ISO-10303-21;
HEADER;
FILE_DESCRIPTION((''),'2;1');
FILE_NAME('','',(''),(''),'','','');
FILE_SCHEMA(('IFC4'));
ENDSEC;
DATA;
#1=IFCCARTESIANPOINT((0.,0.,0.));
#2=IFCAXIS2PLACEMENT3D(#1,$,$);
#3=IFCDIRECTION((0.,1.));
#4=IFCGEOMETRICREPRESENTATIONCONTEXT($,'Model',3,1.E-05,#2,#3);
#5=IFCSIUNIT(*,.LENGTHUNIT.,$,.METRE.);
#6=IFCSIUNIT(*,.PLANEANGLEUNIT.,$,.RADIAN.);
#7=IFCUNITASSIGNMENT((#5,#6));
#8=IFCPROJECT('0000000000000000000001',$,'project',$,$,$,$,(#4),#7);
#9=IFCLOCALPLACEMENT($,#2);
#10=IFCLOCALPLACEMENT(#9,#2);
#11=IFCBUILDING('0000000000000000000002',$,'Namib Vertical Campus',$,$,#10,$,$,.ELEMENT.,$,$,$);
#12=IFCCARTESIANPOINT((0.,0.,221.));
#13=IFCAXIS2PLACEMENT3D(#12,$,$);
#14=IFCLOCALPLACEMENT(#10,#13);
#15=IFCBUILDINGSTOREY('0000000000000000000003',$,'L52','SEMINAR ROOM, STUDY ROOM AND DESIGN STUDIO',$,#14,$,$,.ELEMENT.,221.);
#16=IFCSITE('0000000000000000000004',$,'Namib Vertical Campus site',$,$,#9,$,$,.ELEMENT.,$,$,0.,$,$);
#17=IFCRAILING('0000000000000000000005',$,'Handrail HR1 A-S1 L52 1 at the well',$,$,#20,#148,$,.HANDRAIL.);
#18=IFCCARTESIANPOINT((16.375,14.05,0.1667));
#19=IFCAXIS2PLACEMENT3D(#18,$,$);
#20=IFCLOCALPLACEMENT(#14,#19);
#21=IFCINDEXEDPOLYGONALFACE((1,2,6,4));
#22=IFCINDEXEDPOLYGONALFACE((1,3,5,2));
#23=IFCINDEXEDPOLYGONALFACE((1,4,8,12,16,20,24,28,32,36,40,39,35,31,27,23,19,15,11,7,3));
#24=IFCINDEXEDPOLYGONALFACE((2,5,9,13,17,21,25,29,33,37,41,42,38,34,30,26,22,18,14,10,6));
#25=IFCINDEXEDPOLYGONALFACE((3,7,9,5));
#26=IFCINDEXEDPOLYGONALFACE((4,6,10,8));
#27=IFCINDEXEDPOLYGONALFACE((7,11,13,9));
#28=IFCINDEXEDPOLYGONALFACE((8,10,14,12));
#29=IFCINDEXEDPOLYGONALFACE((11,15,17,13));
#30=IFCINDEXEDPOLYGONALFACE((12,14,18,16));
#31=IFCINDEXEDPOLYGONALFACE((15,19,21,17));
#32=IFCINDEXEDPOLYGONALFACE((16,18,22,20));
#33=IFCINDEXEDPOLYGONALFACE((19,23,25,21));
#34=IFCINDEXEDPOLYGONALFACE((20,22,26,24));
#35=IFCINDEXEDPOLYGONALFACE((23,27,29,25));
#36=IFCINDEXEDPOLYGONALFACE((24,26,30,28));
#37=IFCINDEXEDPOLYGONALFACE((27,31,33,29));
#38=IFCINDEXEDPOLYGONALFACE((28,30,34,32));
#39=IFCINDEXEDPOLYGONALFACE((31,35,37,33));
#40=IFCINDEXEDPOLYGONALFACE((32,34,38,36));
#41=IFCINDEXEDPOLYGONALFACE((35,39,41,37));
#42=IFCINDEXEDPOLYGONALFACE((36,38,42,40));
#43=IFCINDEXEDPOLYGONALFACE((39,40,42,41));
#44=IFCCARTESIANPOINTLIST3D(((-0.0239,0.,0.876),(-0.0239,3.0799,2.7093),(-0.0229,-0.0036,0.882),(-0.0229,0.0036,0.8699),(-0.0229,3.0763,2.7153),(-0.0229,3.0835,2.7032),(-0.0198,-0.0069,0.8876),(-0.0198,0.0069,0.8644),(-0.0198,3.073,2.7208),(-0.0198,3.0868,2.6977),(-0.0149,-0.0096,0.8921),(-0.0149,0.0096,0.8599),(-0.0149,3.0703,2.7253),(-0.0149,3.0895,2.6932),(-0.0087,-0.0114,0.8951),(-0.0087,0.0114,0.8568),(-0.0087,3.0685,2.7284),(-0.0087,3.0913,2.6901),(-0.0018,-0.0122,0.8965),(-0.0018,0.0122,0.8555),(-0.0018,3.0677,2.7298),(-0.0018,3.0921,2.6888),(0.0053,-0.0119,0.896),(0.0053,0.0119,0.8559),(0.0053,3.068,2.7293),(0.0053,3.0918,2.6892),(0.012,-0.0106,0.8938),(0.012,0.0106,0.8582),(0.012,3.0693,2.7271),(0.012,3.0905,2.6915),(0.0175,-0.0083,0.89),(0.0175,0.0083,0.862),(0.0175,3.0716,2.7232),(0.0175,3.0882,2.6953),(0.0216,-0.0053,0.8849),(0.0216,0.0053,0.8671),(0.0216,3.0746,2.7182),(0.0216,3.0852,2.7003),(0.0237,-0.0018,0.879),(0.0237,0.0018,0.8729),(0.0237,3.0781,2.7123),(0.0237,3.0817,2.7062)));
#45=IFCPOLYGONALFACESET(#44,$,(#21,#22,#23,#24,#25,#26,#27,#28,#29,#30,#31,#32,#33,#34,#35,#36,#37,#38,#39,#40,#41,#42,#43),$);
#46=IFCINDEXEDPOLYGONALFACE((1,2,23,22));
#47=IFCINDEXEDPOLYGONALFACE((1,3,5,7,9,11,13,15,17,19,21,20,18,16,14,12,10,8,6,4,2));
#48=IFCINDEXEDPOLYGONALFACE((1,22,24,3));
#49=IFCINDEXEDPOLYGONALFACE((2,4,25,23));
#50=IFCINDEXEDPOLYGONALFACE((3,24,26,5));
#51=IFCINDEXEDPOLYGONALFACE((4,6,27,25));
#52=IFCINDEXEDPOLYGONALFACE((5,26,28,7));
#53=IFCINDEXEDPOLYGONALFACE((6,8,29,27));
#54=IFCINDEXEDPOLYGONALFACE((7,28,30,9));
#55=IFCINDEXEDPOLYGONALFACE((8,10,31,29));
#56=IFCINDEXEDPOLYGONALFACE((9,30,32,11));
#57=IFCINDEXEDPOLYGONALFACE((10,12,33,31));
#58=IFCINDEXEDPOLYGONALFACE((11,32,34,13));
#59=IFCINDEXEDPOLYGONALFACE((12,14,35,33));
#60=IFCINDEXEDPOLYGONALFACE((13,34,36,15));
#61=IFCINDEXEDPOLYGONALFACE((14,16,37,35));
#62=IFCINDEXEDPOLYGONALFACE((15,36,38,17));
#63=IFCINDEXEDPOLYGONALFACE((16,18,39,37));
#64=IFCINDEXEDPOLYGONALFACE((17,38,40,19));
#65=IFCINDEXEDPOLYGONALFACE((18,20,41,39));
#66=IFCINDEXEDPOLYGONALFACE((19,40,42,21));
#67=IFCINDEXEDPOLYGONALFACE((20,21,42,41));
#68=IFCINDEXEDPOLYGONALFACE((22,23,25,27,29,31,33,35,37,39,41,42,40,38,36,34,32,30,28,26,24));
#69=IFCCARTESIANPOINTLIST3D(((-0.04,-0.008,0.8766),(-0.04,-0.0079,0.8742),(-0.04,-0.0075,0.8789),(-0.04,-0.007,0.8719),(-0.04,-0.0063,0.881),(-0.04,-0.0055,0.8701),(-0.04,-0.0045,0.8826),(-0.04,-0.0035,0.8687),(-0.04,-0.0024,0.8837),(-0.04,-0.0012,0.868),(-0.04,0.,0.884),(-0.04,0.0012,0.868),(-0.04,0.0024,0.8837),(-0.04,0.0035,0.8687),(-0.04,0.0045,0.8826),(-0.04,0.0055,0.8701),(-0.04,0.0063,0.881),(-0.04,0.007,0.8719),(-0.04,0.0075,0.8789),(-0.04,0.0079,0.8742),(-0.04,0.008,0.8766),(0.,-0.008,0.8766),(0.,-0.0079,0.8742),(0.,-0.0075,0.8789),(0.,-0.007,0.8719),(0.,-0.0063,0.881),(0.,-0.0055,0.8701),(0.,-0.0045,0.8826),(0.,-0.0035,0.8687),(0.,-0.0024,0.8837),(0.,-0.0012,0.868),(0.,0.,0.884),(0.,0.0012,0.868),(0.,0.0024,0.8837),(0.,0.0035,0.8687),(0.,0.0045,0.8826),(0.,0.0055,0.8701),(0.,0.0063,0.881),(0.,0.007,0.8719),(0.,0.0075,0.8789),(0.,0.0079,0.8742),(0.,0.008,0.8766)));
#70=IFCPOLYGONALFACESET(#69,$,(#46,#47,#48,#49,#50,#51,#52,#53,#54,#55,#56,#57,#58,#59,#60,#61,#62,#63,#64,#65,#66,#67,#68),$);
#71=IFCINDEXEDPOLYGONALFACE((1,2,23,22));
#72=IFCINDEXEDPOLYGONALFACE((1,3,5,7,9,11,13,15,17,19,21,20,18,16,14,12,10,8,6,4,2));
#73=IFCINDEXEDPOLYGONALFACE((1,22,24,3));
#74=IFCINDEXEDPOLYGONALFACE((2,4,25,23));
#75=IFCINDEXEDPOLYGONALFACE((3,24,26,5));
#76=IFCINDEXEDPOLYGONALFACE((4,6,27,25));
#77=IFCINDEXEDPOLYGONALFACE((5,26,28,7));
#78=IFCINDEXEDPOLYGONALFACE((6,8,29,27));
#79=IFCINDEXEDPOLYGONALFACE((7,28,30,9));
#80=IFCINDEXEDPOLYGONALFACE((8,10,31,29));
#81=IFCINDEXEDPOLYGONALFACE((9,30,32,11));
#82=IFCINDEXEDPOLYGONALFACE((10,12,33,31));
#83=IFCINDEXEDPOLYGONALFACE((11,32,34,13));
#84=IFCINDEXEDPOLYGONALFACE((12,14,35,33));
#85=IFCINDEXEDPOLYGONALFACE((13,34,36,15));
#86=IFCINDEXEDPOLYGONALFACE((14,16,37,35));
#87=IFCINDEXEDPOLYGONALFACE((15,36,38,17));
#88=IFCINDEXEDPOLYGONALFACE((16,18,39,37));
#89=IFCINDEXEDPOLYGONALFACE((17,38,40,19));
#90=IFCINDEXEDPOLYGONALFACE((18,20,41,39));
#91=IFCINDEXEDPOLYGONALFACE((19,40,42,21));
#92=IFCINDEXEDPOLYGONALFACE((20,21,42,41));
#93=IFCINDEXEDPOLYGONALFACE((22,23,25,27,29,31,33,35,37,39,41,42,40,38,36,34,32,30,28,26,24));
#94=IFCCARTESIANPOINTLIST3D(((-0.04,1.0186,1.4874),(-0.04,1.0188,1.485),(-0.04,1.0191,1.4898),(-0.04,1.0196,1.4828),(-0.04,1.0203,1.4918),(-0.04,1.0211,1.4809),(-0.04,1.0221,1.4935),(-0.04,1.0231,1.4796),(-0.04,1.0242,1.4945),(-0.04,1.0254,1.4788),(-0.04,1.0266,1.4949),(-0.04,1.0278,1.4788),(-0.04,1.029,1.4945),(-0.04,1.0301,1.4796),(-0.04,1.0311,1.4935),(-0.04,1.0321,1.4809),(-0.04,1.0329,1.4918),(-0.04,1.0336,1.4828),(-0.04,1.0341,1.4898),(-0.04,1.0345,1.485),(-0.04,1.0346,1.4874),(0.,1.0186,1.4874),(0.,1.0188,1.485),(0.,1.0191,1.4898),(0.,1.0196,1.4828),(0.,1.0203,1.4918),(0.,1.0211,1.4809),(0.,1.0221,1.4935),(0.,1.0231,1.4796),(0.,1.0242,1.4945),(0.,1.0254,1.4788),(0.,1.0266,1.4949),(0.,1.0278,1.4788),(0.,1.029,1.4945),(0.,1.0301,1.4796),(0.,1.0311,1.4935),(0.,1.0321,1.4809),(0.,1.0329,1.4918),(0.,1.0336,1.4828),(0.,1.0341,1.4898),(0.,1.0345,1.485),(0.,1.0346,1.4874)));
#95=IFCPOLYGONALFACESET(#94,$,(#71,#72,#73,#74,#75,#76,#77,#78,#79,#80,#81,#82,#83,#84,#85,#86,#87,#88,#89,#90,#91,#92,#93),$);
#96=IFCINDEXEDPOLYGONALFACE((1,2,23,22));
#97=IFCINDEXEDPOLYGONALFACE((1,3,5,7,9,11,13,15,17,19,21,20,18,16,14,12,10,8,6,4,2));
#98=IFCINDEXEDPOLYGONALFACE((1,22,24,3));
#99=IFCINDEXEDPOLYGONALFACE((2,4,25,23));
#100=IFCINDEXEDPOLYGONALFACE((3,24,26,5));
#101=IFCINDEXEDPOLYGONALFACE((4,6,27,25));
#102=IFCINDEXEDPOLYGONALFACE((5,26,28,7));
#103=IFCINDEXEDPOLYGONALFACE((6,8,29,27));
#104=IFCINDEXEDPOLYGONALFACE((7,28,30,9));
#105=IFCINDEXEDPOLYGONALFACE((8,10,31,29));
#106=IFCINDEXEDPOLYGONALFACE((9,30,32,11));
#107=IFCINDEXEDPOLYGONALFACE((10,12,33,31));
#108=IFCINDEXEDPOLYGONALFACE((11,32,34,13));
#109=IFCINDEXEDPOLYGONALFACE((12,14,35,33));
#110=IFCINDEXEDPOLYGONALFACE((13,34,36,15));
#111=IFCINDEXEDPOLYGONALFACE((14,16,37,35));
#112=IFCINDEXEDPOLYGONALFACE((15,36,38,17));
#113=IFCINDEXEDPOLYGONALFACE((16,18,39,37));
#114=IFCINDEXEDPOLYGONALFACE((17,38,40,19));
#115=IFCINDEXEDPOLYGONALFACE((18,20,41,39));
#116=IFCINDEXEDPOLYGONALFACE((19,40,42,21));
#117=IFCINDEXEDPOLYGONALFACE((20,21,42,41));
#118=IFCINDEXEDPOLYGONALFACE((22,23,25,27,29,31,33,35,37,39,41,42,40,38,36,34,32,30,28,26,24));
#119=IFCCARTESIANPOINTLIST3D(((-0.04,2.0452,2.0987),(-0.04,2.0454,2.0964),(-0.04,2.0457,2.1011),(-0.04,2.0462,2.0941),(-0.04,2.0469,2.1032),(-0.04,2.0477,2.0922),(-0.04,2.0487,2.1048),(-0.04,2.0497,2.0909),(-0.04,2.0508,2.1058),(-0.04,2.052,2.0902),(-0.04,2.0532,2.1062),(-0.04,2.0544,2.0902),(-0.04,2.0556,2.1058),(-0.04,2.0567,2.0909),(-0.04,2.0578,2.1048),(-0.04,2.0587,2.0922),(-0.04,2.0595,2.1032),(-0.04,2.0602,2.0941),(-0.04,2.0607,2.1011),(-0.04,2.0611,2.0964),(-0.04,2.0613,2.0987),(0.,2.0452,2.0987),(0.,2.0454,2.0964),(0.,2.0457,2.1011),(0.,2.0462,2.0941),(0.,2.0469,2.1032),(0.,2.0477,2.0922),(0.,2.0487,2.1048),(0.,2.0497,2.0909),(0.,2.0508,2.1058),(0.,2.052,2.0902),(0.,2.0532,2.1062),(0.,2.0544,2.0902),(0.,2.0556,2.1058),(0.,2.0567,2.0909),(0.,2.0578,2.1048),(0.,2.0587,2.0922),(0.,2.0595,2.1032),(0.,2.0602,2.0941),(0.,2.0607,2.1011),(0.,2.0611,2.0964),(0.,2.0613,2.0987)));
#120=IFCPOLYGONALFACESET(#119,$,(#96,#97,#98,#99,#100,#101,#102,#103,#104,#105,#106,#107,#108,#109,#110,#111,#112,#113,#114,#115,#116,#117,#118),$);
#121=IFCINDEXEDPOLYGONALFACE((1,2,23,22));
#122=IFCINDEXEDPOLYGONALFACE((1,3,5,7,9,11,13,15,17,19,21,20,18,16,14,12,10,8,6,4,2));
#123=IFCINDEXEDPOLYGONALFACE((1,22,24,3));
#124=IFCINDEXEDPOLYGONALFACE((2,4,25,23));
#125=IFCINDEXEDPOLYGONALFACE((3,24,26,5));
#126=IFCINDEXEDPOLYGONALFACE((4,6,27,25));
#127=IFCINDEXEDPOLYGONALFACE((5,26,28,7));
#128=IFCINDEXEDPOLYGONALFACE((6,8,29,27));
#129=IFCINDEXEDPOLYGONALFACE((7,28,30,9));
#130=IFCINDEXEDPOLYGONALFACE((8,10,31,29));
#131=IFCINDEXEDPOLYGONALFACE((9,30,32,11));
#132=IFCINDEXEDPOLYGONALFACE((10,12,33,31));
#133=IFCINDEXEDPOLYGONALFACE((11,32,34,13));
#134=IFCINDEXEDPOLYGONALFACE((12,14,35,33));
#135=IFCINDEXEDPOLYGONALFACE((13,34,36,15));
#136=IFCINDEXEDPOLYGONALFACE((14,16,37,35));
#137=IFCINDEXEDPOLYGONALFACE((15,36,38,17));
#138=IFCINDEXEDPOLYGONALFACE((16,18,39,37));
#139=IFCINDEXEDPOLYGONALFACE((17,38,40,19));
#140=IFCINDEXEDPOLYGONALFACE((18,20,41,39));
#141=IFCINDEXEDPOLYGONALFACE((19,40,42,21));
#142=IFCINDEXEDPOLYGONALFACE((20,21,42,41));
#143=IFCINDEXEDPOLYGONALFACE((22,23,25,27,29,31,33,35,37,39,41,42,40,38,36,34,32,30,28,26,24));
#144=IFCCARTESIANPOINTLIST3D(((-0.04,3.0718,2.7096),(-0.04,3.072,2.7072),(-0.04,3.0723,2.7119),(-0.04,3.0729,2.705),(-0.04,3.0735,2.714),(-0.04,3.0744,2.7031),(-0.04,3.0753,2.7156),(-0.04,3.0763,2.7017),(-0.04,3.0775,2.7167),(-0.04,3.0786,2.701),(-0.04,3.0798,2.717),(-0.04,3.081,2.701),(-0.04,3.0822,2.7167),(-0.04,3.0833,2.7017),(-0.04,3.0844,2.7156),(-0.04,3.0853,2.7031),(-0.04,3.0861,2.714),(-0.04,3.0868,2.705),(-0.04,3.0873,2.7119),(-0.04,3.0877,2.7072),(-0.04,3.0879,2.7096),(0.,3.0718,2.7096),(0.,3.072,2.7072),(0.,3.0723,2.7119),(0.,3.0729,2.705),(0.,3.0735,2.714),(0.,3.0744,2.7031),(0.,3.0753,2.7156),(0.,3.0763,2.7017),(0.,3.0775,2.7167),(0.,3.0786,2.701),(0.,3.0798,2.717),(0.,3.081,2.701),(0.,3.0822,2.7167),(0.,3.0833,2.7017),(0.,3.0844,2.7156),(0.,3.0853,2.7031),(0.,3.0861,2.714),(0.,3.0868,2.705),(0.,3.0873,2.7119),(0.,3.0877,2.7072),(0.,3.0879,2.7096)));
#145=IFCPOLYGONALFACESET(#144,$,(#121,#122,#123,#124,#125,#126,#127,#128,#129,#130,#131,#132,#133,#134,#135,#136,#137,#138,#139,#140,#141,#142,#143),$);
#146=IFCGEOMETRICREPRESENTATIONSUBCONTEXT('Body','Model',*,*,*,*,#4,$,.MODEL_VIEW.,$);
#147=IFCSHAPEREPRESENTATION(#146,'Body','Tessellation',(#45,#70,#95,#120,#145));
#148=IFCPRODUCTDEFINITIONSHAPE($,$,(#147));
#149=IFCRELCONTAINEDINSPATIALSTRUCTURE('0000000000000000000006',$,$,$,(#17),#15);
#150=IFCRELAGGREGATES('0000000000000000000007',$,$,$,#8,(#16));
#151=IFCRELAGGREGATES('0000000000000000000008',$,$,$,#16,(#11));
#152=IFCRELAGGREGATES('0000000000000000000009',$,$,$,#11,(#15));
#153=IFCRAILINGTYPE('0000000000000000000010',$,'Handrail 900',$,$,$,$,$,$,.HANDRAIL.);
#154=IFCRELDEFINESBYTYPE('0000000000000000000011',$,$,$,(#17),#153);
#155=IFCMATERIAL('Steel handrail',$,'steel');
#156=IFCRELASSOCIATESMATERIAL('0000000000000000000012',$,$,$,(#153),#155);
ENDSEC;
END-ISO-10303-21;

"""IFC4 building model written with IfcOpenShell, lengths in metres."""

from ifc_helpers import new_model, si_unit, direction, frame, origin, origin_2d, place, context, subcontext, project, spatial, circle, extrude, material, type_object, element, save


model = new_model("IFC4")

# Units and contexts
model_context = context("Model", 3, precision=1e-05, world=origin(), true_north=direction((0.0, 1.0)))
body_context = subcontext(model_context, "Body", "Model", "MODEL_VIEW")
ifc_project = project(units=[si_unit("LENGTHUNIT", "METRE"), si_unit("PLANEANGLEUNIT", "RADIAN")], contexts=[model_context])

# Site, building, storey
site_placement = place(None, origin())
site = spatial("IfcSite", under=ifc_project, at=site_placement, Name="Namib Vertical Campus site", CompositionType="ELEMENT", RefElevation=0.0)
building_placement = place(site_placement, origin())
building = spatial("IfcBuilding", under=site, at=building_placement, Name="Namib Vertical Campus", CompositionType="ELEMENT")
storey_placement = place(building_placement, frame((0.0, 0.0, 221.0)))
storey = spatial("IfcBuildingStorey", under=building, at=storey_placement, Name="L52", Description="SEMINAR ROOM, STUDY ROOM AND DESIGN STUDIO", CompositionType="ELEMENT", Elevation=221.0)

# Railing
ifc_material_1 = material(Name="Steel handrail", Category="steel")
railing_type_1 = type_object("IfcRailingType", Name="Handrail 900", PredefinedType="HANDRAIL", material=ifc_material_1)
railing_1_placement = place(storey_placement, frame((16.375, 14.05, 0.1667)))
element("IfcRailing", 1, at=railing_1_placement, inside=storey, type_object=railing_type_1, Name="Handrail HR1 A-S1 L52 1 at the well", PredefinedType="HANDRAIL", context=body_context, shape_type="SweptSolid", body=[
    extrude(circle(Radius=0.0239, at=origin_2d()), frame((0.0, 0.0, 0.876), z_axis=(0.0, 0.859291, 0.511487), x_axis=(-1.0, 0.0, 0.0)), (0.0, 0.0, 1.0), 3.5842),
    extrude(circle(Radius=0.0081, at=origin_2d()), frame((0.0, 0.0, 0.876), z_axis=(-1.0, 0.0, 0.0), x_axis=(0.0, 0.0, 1.0)), (0.0, 0.0, 1.0), 0.04),
    extrude(circle(Radius=0.0081, at=origin_2d()), frame((0.0, 1.0266, 1.4868), z_axis=(-1.0, 0.0, 0.0), x_axis=(0.0, 0.0, 1.0)), (0.0, 0.0, 1.0), 0.04),
    extrude(circle(Radius=0.0081, at=origin_2d()), frame((0.0, 2.0532, 2.0981), z_axis=(-1.0, 0.0, 0.0), x_axis=(0.0, 0.0, 1.0)), (0.0, 0.0, 1.0), 0.04),
    extrude(circle(Radius=0.0081, at=origin_2d()), frame((0.0, 3.0798, 2.709), z_axis=(-1.0, 0.0, 0.0), x_axis=(0.0, 0.0, 1.0)), (0.0, 0.0, 1.0), 0.04),
])

save(model, "model.ifc")
